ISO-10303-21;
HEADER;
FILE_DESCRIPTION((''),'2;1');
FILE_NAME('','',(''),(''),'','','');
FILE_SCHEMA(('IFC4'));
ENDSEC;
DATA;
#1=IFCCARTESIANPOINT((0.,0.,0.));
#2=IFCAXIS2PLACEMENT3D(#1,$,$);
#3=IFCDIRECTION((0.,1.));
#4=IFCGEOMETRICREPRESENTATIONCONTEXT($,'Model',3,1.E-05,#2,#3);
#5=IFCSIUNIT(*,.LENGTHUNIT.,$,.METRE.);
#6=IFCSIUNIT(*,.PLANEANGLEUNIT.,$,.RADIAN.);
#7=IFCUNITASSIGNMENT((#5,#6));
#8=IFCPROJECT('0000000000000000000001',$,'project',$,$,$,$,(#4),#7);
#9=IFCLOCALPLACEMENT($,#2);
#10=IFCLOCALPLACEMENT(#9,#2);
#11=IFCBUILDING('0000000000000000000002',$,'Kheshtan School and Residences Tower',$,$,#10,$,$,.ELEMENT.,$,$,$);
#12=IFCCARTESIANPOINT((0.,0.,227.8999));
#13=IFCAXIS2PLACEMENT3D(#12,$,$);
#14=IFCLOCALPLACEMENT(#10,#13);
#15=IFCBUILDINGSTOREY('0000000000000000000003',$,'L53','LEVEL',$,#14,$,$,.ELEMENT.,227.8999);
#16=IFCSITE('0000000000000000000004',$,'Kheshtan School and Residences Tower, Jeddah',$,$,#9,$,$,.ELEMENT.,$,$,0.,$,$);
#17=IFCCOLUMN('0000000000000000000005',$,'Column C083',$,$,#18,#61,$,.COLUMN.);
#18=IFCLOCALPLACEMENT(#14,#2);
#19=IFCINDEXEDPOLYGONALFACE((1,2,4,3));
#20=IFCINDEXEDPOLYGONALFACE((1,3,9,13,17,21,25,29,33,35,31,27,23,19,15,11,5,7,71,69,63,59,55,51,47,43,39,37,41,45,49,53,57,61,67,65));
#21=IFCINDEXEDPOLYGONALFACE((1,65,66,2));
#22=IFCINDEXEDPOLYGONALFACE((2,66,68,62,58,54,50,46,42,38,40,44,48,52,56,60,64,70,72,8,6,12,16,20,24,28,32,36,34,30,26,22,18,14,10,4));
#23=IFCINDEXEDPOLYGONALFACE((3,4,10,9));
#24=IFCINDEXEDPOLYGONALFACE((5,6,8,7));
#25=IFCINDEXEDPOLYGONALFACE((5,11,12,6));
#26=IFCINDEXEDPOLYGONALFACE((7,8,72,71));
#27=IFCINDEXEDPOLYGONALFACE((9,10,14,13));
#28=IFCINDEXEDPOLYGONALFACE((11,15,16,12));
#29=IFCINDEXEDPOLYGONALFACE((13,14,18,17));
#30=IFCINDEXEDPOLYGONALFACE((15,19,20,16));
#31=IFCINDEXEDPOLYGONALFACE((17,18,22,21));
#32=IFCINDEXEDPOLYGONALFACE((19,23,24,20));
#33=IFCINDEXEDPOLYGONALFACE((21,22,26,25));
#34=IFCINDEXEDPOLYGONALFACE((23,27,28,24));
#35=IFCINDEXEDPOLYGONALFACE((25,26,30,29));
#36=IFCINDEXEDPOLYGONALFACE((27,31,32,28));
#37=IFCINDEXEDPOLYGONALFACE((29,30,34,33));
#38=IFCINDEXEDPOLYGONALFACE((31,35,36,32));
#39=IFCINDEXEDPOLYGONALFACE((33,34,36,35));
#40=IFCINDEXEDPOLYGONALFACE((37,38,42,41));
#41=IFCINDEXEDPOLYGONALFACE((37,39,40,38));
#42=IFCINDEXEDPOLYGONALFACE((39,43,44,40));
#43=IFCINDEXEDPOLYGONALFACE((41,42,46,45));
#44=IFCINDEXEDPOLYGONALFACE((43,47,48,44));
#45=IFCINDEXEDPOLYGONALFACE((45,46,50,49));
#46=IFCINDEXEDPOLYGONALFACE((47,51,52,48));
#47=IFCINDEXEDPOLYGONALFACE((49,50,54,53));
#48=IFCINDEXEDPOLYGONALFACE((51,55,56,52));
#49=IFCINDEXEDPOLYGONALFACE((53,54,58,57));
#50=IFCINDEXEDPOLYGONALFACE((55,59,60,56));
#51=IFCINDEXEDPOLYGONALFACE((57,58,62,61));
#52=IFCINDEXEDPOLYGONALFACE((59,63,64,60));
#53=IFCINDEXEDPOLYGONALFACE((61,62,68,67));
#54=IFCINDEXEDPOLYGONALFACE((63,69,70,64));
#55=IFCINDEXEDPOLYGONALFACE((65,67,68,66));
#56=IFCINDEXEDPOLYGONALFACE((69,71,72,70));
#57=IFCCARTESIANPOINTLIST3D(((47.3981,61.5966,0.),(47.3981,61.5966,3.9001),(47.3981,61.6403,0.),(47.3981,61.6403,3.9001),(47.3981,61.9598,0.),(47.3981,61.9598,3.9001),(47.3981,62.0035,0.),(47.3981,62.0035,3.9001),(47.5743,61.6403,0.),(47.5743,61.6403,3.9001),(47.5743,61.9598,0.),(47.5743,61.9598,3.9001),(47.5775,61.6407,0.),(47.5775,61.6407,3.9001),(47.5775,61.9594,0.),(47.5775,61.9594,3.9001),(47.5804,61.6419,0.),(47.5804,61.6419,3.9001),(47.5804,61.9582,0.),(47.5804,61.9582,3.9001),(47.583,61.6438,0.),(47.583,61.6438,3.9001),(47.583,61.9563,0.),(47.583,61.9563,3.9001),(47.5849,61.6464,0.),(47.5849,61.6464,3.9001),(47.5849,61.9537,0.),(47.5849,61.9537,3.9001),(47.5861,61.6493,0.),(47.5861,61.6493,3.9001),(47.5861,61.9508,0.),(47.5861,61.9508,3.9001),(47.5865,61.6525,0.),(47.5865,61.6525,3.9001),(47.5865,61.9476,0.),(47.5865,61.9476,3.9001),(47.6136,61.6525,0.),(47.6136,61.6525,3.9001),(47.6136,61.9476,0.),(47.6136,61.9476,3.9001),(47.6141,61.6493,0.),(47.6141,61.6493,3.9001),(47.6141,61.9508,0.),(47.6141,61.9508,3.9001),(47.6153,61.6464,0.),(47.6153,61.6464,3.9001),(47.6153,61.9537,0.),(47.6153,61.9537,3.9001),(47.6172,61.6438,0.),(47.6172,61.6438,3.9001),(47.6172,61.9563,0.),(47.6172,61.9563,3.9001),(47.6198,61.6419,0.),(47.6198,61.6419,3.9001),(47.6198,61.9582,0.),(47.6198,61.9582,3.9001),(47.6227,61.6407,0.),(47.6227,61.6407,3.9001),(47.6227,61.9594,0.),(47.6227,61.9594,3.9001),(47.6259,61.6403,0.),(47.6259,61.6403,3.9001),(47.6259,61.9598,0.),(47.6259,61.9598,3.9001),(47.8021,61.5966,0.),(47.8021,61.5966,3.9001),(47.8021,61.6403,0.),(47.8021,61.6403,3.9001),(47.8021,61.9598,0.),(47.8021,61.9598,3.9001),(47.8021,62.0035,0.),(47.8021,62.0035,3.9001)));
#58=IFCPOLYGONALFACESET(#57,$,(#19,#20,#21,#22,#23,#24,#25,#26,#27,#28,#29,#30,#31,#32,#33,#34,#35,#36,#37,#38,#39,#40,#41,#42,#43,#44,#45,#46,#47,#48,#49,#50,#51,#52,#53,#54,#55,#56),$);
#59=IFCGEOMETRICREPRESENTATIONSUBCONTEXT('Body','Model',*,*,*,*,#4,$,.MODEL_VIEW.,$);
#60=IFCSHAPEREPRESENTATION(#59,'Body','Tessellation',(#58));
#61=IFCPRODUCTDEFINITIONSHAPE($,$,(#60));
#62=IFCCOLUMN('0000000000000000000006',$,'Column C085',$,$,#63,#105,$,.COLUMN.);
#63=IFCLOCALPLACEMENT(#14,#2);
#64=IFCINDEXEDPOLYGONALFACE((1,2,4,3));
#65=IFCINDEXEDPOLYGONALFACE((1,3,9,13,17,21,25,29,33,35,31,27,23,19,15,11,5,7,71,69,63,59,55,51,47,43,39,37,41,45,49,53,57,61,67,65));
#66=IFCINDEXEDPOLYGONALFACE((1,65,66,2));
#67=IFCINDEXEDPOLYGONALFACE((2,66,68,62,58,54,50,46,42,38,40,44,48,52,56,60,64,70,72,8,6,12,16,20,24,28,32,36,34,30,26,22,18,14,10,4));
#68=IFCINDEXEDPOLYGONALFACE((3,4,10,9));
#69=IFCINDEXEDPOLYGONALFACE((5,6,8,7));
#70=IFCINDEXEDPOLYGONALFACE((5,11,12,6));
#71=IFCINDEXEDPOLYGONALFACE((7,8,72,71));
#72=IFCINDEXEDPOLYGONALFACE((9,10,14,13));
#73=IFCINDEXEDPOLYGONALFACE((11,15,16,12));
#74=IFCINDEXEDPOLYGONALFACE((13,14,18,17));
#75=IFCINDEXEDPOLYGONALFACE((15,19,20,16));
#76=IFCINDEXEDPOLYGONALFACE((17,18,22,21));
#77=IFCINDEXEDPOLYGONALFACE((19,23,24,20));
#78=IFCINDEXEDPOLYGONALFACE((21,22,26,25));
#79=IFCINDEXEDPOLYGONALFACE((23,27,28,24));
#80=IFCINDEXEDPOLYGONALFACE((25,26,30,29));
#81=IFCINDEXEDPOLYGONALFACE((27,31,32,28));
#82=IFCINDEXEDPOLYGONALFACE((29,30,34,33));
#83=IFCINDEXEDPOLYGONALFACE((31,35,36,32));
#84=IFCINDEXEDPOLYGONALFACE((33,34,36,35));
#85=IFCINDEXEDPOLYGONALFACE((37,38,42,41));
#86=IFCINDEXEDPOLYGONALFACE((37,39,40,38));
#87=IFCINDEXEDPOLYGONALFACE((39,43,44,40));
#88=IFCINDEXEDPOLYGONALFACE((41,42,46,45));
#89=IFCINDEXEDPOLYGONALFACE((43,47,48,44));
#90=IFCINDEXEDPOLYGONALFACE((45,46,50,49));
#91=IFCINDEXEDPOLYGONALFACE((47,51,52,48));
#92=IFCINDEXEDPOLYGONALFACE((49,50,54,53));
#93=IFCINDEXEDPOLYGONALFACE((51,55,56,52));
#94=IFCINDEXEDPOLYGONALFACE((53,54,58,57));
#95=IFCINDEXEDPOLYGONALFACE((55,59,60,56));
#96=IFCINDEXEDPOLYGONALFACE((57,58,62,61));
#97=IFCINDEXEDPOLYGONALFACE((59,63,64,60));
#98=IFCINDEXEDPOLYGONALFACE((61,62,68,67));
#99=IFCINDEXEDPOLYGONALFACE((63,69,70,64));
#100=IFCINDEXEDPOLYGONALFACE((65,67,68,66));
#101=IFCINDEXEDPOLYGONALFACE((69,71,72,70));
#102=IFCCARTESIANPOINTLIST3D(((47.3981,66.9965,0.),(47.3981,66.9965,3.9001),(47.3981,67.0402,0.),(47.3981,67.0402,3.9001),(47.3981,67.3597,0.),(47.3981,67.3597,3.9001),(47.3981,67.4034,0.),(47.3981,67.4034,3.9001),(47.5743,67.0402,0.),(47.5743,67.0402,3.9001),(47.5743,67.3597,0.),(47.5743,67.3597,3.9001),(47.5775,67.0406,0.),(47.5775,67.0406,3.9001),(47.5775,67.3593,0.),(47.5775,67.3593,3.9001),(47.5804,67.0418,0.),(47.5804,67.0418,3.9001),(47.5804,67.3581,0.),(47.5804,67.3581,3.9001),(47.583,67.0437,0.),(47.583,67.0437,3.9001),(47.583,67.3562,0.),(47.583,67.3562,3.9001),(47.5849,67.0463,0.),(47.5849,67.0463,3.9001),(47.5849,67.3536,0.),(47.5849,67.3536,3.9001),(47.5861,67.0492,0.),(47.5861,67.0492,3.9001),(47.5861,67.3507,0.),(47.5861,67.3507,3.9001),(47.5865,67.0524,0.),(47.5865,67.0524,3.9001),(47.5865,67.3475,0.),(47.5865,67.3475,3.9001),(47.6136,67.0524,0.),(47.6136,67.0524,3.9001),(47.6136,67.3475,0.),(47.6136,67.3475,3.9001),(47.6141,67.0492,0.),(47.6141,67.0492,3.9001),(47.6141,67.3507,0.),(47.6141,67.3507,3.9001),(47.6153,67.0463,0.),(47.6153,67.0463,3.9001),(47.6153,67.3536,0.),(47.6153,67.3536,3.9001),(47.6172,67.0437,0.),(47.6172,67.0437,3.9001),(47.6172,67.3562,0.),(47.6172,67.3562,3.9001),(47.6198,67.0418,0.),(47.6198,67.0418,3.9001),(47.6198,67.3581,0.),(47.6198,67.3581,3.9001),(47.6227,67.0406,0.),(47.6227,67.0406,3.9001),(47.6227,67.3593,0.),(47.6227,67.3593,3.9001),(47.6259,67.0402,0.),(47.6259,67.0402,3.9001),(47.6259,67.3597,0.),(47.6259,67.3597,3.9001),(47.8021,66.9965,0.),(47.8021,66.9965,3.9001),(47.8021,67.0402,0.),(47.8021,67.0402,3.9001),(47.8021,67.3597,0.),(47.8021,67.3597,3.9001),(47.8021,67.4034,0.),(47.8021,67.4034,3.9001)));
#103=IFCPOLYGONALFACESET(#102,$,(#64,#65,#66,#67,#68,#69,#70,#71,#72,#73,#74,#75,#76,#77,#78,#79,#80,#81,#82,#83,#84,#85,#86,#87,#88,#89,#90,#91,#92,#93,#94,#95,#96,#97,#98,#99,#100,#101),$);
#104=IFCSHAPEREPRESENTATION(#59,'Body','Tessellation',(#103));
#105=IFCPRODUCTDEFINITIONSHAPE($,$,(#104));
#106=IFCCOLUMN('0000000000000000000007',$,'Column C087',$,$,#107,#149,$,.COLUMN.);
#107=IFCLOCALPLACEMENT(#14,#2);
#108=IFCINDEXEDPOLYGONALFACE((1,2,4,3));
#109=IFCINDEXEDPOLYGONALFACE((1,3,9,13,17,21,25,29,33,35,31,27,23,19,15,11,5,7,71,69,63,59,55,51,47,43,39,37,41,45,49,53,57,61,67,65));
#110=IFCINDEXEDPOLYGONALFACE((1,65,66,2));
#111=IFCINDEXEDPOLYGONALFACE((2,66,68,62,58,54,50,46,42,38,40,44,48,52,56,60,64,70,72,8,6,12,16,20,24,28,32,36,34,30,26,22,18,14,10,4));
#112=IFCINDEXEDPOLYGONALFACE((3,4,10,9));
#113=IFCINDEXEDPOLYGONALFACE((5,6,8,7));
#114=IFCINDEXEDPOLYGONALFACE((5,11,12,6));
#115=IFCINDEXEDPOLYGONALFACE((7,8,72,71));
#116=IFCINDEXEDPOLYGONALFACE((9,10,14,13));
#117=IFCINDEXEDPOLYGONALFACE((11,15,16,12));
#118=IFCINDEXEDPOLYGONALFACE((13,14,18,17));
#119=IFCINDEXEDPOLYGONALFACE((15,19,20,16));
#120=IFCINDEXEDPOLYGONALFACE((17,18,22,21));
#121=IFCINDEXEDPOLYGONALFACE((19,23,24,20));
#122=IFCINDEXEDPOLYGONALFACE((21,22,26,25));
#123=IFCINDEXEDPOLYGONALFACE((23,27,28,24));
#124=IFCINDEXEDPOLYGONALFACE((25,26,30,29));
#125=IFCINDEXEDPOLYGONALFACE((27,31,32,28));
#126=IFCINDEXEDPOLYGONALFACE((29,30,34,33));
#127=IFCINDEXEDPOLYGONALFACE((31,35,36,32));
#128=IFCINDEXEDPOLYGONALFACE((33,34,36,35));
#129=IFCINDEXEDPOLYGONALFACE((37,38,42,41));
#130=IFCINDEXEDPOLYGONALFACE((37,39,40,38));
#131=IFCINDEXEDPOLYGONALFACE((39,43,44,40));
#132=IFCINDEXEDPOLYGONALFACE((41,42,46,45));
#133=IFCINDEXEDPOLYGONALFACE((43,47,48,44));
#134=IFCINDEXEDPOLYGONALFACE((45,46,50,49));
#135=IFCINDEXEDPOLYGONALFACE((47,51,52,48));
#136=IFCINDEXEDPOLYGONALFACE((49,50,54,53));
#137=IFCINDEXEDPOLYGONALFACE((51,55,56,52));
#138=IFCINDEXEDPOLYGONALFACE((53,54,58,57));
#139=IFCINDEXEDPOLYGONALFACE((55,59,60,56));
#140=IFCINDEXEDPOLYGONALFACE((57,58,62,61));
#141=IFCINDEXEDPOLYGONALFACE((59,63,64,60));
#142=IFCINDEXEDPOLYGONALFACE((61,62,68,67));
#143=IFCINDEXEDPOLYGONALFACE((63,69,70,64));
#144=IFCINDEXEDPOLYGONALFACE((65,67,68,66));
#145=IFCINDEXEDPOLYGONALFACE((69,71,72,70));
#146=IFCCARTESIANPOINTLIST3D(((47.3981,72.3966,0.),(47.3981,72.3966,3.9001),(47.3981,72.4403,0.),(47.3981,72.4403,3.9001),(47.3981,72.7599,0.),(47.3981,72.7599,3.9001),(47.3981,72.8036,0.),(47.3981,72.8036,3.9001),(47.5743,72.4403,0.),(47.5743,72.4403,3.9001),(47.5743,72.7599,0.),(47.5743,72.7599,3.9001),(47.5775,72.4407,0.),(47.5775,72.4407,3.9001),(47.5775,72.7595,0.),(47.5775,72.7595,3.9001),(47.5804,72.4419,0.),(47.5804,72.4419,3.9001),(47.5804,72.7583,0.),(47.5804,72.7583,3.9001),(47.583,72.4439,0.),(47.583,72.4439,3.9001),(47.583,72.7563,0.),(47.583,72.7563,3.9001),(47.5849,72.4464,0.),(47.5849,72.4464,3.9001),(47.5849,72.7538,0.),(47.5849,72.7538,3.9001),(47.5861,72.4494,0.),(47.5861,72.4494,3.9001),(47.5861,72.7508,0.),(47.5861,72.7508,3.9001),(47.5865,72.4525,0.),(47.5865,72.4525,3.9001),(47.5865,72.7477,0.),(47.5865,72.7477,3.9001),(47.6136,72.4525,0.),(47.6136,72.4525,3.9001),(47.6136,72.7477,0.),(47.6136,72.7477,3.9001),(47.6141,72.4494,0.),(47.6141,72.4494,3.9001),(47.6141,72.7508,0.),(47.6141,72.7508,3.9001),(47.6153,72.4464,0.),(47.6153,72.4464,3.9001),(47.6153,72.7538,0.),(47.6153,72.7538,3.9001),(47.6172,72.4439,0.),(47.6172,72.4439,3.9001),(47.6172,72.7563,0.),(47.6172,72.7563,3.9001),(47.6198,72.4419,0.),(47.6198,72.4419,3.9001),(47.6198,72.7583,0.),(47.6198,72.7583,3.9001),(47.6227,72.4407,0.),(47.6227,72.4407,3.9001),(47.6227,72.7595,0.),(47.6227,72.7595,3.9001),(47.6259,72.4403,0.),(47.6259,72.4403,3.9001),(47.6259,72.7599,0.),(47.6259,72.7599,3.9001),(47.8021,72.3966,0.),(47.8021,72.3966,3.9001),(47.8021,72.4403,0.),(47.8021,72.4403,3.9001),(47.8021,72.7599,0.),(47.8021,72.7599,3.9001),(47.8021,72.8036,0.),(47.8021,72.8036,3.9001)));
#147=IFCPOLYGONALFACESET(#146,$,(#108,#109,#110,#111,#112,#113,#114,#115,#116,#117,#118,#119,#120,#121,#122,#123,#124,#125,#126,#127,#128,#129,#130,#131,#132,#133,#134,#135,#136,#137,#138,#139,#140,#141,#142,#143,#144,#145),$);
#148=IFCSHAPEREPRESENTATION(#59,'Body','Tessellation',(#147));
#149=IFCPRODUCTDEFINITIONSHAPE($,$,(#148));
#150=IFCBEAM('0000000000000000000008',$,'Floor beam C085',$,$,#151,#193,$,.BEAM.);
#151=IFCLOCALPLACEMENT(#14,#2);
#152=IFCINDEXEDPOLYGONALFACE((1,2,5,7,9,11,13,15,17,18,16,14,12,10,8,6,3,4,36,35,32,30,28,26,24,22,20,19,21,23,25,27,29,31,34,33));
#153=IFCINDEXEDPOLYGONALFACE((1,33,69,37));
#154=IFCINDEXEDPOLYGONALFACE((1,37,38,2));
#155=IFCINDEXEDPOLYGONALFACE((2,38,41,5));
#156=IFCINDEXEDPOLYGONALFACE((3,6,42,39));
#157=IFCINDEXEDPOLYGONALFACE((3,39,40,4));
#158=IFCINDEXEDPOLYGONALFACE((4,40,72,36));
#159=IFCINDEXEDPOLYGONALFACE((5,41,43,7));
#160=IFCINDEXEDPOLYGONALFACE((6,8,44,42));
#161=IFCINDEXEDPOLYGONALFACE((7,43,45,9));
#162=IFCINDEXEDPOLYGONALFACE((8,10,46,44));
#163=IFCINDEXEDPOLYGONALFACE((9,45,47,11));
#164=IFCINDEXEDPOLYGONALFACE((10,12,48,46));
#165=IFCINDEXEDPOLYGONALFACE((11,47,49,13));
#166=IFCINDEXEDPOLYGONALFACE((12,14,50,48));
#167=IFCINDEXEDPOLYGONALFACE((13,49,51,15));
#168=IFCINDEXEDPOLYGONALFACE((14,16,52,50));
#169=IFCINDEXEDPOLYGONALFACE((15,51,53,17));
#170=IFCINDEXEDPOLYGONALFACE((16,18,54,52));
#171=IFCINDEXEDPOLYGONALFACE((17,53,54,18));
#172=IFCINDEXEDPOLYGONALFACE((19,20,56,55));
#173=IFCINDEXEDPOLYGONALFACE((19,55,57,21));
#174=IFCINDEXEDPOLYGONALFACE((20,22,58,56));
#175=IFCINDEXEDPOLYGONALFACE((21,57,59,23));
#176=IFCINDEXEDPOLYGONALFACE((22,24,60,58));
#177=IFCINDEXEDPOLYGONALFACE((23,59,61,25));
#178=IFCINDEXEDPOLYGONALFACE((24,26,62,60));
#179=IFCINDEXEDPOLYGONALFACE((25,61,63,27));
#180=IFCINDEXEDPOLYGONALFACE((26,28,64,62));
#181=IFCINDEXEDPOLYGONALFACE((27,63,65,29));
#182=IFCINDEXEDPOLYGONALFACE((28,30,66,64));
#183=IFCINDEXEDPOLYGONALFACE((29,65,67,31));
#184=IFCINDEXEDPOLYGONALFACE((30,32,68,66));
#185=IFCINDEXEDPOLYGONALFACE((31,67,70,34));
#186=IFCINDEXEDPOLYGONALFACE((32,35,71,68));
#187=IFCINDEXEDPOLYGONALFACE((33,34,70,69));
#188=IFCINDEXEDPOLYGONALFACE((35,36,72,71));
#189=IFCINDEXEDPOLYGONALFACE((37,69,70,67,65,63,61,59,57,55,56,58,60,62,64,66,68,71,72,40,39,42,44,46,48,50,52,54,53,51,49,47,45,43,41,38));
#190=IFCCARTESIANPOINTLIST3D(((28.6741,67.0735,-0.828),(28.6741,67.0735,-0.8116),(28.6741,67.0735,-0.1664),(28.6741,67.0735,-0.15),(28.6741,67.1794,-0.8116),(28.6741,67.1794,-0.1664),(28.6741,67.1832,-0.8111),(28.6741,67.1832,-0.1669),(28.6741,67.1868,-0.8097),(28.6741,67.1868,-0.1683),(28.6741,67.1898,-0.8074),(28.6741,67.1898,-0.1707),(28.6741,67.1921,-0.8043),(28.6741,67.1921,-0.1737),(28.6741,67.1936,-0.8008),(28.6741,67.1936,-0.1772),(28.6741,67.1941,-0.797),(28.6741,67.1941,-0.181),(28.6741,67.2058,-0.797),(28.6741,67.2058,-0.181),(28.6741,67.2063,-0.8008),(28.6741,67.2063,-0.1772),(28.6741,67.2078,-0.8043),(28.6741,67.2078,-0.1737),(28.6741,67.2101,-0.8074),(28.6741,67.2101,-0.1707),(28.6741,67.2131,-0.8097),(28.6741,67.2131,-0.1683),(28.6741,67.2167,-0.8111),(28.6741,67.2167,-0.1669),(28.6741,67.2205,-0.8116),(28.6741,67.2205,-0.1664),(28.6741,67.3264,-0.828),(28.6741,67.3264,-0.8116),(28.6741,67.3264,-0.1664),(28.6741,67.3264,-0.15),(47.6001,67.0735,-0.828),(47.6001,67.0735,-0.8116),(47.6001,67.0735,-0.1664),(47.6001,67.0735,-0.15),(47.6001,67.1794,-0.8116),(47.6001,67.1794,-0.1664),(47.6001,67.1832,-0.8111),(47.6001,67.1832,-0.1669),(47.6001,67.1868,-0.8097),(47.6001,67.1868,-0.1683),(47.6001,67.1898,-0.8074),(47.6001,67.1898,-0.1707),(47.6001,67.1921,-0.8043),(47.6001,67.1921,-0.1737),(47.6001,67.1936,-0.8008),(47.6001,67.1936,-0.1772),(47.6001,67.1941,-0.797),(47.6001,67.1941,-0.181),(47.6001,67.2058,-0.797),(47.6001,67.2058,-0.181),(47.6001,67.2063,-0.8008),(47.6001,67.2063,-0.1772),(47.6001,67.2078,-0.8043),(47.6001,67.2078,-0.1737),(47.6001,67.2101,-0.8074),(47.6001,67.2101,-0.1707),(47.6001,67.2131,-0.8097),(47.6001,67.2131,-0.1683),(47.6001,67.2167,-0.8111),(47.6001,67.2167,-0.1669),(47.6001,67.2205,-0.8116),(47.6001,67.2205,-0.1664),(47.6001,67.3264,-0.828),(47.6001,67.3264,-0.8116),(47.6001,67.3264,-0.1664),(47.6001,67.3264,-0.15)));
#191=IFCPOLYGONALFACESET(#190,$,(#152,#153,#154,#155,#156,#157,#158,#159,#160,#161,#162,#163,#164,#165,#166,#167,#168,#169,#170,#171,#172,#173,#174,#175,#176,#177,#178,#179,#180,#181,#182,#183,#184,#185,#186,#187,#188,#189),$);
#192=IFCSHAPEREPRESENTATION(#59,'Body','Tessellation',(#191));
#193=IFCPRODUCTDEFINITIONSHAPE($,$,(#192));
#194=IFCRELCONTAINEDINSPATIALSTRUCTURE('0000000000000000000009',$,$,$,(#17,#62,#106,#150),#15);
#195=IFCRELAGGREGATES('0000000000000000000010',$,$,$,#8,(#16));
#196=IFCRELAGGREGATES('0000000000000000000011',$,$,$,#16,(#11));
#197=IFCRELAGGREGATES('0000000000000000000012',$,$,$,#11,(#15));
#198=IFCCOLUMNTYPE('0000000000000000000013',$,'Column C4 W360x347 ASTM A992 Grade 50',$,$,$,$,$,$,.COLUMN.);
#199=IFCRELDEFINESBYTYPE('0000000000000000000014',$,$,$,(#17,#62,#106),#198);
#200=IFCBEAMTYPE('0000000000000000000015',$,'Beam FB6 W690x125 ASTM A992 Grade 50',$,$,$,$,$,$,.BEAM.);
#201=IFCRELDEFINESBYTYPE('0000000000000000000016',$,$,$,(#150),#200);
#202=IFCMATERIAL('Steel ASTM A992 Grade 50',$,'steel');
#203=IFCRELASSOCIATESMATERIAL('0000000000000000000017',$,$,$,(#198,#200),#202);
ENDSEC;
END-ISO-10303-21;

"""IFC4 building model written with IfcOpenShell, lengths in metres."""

from ifc_helpers import new_model, si_unit, direction, frame, origin, origin_2d, place, context, subcontext, project, spatial, i_section, extrude, material, material_profile, profile_set, type_object, element, save


model = new_model("IFC4")

# Units and contexts
model_context = context("Model", 3, precision=1e-05, world=origin(), true_north=direction((0.0, 1.0)))
body_context = subcontext(model_context, "Body", "Model", "MODEL_VIEW")
ifc_project = project(units=[si_unit("LENGTHUNIT", "METRE"), si_unit("PLANEANGLEUNIT", "RADIAN")], contexts=[model_context])

# Site, building, storey
site_placement = place(None, origin())
site = spatial("IfcSite", under=ifc_project, at=site_placement, Name="Kheshtan School and Residences Tower, Jeddah", CompositionType="ELEMENT", RefElevation=0.0)
building_placement = place(site_placement, origin())
building = spatial("IfcBuilding", under=site, at=building_placement, Name="Kheshtan School and Residences Tower", CompositionType="ELEMENT")
storey_placement = place(building_placement, frame((0.0, 0.0, 227.8999)))
storey = spatial("IfcBuildingStorey", under=building, at=storey_placement, Name="L53", Description="LEVEL", CompositionType="ELEMENT", Elevation=227.8999)

# Columns
ifc_material_1 = material(Name="Steel ASTM A992 Grade 50", Category="steel")
ifc_material_profile_1 = material_profile(ifc_material_1, i_section(OverallWidth=0.4041, OverallDepth=0.407, WebThickness=0.0271, FlangeThickness=0.0437, FilletRadius=0.0122, at=origin_2d()), Name="W360x347")
ifc_profile_set_1 = profile_set([ifc_material_profile_1], Name="Steel ASTM A992 Grade 50")
column_type = type_object("IfcColumnType", Name="Column C4 W360x347 ASTM A992 Grade 50", PredefinedType="COLUMN", material=ifc_profile_set_1)
for number, where, z_axis, x_axis, name in (
    (1, (47.6001, 61.8, 0.0), (0.0, 0.0, 1.0), (1.0, 0.0, 0.0), "Column C083"),
    (2, (47.6001, 67.2, 0.0), (0.0, 0.0, 1.0), (1.0, 0.0, 0.0), "Column C085"),
    (3, (47.6001, 72.6001, 0.0), (0.0, 0.0, 1.0), (1.0, 0.0, 0.0), "Column C087"),
):
    element("IfcColumn", number, at=place(storey_placement, frame(where, z_axis=z_axis, x_axis=x_axis)), inside=storey, type_object=column_type, Name=name, PredefinedType="COLUMN", context=body_context, shape_type="SweptSolid", body=[
        extrude(i_section(OverallWidth=0.4041, OverallDepth=0.407, WebThickness=0.0271, FlangeThickness=0.0437, FilletRadius=0.0122, at=origin_2d()), origin(), (0.0, 0.0, 1.0), 3.9001),
    ])

# Beam
ifc_material_profile_2 = material_profile(ifc_material_1, i_section(OverallWidth=0.2529, OverallDepth=0.678, WebThickness=0.0117, FlangeThickness=0.0164, FilletRadius=0.0146, at=origin_2d()), Name="W690x125")
ifc_profile_set_2 = profile_set([ifc_material_profile_2], Name="Steel ASTM A992 Grade 50")
beam_type_1 = type_object("IfcBeamType", Name="Beam FB6 W690x125 ASTM A992 Grade 50", PredefinedType="BEAM", material=ifc_profile_set_2)
beam_1_placement = place(storey_placement, frame((47.6001, 67.2, -0.489), z_axis=(-1.0, 0.0, 0.0), x_axis=(0.0, -1.0, 0.0)))
element("IfcBeam", 4, at=beam_1_placement, inside=storey, type_object=beam_type_1, Name="Floor beam C085", PredefinedType="BEAM", context=body_context, shape_type="SweptSolid", body=[
    extrude(i_section(OverallWidth=0.2529, OverallDepth=0.678, WebThickness=0.0117, FlangeThickness=0.0164, FilletRadius=0.0146, at=origin_2d()), origin(), (0.0, 0.0, 1.0), 18.926),
])

save(model, "model.ifc")
